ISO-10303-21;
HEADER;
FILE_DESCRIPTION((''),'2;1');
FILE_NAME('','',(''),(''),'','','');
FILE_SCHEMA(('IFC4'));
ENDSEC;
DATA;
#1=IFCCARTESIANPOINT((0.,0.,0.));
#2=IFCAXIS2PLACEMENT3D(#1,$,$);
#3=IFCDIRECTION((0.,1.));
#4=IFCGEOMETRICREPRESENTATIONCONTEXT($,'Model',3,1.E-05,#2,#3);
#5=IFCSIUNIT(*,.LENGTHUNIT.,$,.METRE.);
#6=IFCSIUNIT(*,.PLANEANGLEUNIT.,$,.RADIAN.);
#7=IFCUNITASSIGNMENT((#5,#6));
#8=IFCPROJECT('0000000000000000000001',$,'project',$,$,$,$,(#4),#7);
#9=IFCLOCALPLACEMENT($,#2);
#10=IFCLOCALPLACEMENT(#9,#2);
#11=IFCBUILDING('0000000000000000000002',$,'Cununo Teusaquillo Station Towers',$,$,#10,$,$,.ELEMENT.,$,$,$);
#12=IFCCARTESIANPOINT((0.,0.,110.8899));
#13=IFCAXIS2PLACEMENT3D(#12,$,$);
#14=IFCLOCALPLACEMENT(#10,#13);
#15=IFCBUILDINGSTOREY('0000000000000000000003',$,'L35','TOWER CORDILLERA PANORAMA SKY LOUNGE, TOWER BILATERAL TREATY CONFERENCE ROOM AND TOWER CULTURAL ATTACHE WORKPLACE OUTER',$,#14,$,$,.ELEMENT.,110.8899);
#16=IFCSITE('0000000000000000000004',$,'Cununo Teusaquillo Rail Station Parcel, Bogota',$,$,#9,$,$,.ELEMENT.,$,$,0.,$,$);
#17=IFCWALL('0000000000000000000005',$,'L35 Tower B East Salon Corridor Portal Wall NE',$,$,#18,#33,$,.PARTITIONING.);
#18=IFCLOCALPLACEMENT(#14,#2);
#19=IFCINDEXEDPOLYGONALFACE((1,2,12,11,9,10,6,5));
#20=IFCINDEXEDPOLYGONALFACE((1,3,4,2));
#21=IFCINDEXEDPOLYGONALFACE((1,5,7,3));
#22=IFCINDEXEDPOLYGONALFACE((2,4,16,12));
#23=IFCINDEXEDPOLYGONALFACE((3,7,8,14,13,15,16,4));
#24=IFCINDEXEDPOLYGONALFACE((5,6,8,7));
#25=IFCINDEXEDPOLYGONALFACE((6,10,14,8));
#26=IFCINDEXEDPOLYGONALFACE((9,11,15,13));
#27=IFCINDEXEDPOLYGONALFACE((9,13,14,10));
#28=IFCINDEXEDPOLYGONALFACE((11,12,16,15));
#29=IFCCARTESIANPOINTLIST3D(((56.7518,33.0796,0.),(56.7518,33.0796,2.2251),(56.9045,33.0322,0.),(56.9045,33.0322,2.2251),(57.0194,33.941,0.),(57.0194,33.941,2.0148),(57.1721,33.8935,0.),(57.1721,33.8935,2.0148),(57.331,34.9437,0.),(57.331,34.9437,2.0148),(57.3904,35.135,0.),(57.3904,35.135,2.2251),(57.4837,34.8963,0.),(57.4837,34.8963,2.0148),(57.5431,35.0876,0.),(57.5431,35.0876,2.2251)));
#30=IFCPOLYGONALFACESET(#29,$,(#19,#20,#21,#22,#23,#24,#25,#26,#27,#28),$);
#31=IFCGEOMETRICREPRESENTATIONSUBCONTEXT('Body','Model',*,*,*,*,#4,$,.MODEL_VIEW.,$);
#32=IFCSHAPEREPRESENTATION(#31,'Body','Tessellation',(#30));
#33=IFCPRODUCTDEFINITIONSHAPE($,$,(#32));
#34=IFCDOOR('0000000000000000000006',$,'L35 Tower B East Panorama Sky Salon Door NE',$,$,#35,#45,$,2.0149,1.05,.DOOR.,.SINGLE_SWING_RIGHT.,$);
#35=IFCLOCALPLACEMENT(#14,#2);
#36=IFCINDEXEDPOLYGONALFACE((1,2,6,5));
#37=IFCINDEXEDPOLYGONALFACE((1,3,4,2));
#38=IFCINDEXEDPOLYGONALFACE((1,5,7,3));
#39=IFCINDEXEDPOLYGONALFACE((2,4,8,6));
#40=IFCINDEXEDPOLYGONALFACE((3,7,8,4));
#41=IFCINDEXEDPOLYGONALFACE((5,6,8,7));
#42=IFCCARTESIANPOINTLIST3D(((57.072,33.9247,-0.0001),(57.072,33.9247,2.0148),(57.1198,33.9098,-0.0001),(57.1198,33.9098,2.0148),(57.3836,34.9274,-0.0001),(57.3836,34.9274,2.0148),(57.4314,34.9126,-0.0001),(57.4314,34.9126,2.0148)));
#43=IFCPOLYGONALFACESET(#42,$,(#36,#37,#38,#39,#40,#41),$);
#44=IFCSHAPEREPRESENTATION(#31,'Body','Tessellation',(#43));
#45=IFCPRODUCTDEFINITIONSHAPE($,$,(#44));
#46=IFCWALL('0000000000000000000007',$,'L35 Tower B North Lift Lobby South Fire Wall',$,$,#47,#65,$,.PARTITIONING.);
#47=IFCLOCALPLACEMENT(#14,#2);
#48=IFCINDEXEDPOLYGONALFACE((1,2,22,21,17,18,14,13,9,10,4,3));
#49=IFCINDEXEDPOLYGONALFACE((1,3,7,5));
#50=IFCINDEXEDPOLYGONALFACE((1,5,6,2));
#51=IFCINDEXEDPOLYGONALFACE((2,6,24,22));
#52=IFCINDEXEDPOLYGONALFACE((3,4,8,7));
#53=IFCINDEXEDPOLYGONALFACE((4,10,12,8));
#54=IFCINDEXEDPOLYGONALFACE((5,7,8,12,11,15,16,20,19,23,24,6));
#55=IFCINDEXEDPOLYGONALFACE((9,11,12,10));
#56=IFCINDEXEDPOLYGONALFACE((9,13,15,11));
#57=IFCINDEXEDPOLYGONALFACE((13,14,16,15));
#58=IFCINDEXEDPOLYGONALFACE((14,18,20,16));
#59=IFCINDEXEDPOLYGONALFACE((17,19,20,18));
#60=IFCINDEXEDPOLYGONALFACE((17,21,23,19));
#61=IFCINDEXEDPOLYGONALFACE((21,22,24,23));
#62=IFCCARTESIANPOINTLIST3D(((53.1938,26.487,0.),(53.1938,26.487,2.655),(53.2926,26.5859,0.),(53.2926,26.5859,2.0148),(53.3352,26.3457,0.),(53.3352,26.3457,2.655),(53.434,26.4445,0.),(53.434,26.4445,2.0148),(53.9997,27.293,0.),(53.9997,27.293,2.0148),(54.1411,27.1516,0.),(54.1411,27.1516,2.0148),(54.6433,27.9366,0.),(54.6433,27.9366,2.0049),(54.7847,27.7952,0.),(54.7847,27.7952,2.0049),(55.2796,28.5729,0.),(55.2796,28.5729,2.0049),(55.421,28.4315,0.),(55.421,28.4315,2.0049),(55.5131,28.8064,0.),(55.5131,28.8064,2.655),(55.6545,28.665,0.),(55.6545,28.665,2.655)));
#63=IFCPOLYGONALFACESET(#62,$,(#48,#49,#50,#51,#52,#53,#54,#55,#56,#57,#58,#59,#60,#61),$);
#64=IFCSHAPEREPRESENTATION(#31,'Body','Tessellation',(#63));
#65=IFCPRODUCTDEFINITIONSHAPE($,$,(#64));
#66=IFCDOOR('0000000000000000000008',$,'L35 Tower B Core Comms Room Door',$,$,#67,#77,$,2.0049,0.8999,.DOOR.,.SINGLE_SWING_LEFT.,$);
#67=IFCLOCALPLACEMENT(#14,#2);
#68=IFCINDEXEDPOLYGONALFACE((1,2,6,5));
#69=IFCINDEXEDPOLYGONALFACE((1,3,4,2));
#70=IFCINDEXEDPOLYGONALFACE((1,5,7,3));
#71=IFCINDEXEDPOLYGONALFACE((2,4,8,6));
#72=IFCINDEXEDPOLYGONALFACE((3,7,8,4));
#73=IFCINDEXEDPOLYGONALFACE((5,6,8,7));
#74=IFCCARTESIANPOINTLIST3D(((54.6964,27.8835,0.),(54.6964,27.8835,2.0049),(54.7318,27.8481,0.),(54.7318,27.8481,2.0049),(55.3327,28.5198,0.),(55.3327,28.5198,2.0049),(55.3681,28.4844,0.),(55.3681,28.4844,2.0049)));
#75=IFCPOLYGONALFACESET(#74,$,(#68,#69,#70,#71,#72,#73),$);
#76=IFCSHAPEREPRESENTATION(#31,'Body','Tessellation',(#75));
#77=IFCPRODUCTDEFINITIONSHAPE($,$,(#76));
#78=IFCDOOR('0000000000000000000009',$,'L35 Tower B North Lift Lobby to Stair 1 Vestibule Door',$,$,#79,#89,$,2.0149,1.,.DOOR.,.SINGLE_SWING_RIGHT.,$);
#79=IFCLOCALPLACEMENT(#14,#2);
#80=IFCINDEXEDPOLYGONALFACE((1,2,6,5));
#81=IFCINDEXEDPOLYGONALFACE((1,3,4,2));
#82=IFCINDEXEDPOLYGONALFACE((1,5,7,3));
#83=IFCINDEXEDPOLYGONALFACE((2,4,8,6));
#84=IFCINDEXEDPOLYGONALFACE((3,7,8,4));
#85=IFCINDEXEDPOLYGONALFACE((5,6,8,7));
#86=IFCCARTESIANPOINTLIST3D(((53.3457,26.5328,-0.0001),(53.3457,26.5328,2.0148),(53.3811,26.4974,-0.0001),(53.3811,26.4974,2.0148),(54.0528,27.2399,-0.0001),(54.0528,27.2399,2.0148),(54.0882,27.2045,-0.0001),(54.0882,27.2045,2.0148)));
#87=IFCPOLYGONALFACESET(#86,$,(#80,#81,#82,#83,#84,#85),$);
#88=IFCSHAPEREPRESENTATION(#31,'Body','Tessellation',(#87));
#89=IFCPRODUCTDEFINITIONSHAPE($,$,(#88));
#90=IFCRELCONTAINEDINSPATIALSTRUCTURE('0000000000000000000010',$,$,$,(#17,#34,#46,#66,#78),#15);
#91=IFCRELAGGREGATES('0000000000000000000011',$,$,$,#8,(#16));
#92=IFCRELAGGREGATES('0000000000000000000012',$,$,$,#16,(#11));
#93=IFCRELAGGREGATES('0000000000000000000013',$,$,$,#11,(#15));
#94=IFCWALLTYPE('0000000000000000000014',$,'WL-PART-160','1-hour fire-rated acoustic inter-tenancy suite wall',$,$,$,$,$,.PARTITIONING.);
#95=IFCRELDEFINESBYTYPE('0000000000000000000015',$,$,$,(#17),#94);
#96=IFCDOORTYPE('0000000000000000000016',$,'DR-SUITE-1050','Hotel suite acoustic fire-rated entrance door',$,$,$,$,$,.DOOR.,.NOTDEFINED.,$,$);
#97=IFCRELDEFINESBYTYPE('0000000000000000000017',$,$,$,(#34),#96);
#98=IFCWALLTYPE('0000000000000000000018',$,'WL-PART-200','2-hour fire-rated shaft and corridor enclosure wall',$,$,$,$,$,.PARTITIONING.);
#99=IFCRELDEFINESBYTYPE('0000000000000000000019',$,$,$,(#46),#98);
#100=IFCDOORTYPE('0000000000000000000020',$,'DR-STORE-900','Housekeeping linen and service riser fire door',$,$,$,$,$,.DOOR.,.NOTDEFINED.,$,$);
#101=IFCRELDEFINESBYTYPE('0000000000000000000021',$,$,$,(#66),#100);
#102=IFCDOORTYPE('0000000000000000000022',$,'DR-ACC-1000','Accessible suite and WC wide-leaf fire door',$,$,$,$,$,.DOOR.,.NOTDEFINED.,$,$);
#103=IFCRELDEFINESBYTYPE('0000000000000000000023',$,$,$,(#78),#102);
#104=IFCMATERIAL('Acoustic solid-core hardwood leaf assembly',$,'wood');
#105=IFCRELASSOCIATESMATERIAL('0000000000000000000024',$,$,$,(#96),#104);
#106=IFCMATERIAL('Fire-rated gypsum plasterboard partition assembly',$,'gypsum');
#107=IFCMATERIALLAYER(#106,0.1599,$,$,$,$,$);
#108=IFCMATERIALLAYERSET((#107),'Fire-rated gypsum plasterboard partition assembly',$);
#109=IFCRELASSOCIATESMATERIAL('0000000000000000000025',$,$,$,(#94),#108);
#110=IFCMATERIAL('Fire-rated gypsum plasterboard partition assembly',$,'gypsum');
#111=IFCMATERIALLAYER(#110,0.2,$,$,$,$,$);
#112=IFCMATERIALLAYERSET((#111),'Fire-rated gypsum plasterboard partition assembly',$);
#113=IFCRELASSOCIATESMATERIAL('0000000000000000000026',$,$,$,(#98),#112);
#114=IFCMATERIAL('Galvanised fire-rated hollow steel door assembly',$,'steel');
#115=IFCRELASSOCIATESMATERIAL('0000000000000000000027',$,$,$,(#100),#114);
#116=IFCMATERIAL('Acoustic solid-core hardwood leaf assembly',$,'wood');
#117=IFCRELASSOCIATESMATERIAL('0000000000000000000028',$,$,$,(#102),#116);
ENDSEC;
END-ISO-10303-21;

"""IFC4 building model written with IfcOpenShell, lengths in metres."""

from ifc_helpers import new_model, si_unit, direction, frame, frame_2d, origin, place, context, subcontext, project, spatial, rectangle, extrude, source, transform, mapped, material, layer, layer_set, type_object, element, fill, save


model = new_model("IFC4")

# Units and contexts
model_context = context("Model", 3, precision=1e-05, world=origin(), true_north=direction((0.0, 1.0)))
body_context = subcontext(model_context, "Body", "Model", "MODEL_VIEW")
ifc_project = project(units=[si_unit("LENGTHUNIT", "METRE"), si_unit("PLANEANGLEUNIT", "RADIAN")], contexts=[model_context])

# Site, building, storey
site_placement = place(None, origin())
site = spatial("IfcSite", under=ifc_project, at=site_placement, Name="Cununo Teusaquillo Rail Station Parcel, Bogota", CompositionType="ELEMENT", RefElevation=0.0)
building_placement = place(site_placement, origin())
building = spatial("IfcBuilding", under=site, at=building_placement, Name="Cununo Teusaquillo Station Towers", CompositionType="ELEMENT")
storey_placement = place(building_placement, frame((0.0, 0.0, 110.8899)))
storey = spatial("IfcBuildingStorey", under=building, at=storey_placement, Name="L35", Description="TOWER CORDILLERA PANORAMA SKY LOUNGE, TOWER BILATERAL TREATY CONFERENCE ROOM AND TOWER CULTURAL ATTACHE WORKPLACE OUTER", CompositionType="ELEMENT", Elevation=110.8899)

# Shared definitions
shared_shape_1 = source(origin(), body_context, "Body", "SweptSolid", [
    extrude(rectangle(XDim=0.8999, YDim=2.0049, at=frame_2d((0.45, 1.0024))), frame((0.0, 0.0249, 0.0), z_axis=(0.0, -1.0, 0.0), x_axis=(1.0, 0.0, 0.0)), (0.0, 0.0, 1.0), 0.05),
])

# Shared definitions
ifc_material_1 = material(Name="Acoustic solid-core hardwood leaf assembly", Category="wood")
door_type_1 = type_object("IfcDoorType", Name="DR-SUITE-1050", Description="Hotel suite acoustic fire-rated entrance door", OperationType="NOTDEFINED", PredefinedType="DOOR", material=ifc_material_1)
shared_shape_2 = source(origin(), body_context, "Body", "SweptSolid", [
    extrude(rectangle(XDim=1.05, YDim=2.0149, at=frame_2d((0.5249, 1.0073))), frame((0.0, 0.0249, 0.0), z_axis=(0.0, -1.0, 0.0), x_axis=(1.0, 0.0, 0.0)), (0.0, 0.0, 1.0), 0.05),
])

# Shared definitions
ifc_material_2 = material(Name="Fire-rated gypsum plasterboard partition assembly", Category="gypsum")
ifc_layer_1 = layer(ifc_material_2, 0.1599)
ifc_layer_set_1 = layer_set([ifc_layer_1], Name="Fire-rated gypsum plasterboard partition assembly")
wall_type_1 = type_object("IfcWallType", Name="WL-PART-160", Description="1-hour fire-rated acoustic inter-tenancy suite wall", PredefinedType="PARTITIONING", material=ifc_layer_set_1)

# Wall, opening, door
wall_1_placement = place(storey_placement, frame((56.8281, 33.0559, 0.0), z_axis=(0.0, 0.0, 1.0), x_axis=(0.296731, 0.954961, 0.0)))
wall_1 = element("IfcWall", 1, at=wall_1_placement, inside=storey, type_object=wall_type_1, Name="L35 Tower B East Salon Corridor Portal Wall NE", PredefinedType="PARTITIONING", context=body_context, shape_type="SweptSolid", body=[
    extrude(rectangle(XDim=2.1523, YDim=0.1599, at=frame_2d((1.0762, 0.0))), origin(), (0.0, 0.0, 1.0), 2.2251),
])
shared_shape_3 = source(origin(), body_context, "Body", "SweptSolid", [
    extrude(rectangle(XDim=1.05, YDim=2.0149, at=frame_2d((0.5249, 1.0073))), frame((0.0, 0.0898, 0.0), z_axis=(0.0, -1.0, 0.0), x_axis=(1.0, 0.0, 0.0)), (0.0, 0.0, 1.0), 0.1799),
])
opening_1_placement = place(wall_1_placement, frame((0.9021, 0.0, 0.0)))
opening_1 = element("IfcOpeningElement", 2, at=opening_1_placement, cuts=wall_1, PredefinedType="OPENING", context=body_context, shape_type="MappedRepresentation", body=[
    mapped(shared_shape_3, transform((0.0, 0.0, 0.0), x_axis=(1.0, 0.0, 0.0), y_axis=(0.0, 1.0, 0.0), z_axis=(0.0, 0.0, 1.0), scale=1.0)),
])
door_1_placement = place(opening_1_placement, origin())
door_1 = element("IfcDoor", 3, at=door_1_placement, inside=storey, type_object=door_type_1, Name="L35 Tower B East Panorama Sky Salon Door NE", OperationType="SINGLE_SWING_RIGHT", OverallHeight=2.0149, OverallWidth=1.05, PredefinedType="DOOR", context=body_context, shape_type="MappedRepresentation", body=[
    mapped(shared_shape_2, transform((0.0, 0.0, 0.0), x_axis=(1.0, 0.0, 0.0), y_axis=(0.0, 1.0, 0.0), z_axis=(0.0, 0.0, 1.0), scale=1.0)),
])
fill(opening_1, door_1)

# Wall, openings, doors
ifc_material_3 = material(Name="Fire-rated gypsum plasterboard partition assembly", Category="gypsum")
ifc_layer_2 = layer(ifc_material_3, 0.2)
ifc_layer_set_2 = layer_set([ifc_layer_2], Name="Fire-rated gypsum plasterboard partition assembly")
wall_type_2 = type_object("IfcWallType", Name="WL-PART-200", Description="2-hour fire-rated shaft and corridor enclosure wall", PredefinedType="PARTITIONING", material=ifc_layer_set_2)
wall_2_placement = place(storey_placement, frame((53.2644, 26.4163, 0.0), z_axis=(0.0, 0.0, 1.0), x_axis=(0.707107, 0.707107, 0.0)))
wall_2 = element("IfcWall", 4, at=wall_2_placement, inside=storey, type_object=wall_type_2, Name="L35 Tower B North Lift Lobby South Fire Wall", PredefinedType="PARTITIONING", context=body_context, shape_type="SweptSolid", body=[
    extrude(rectangle(XDim=3.28, YDim=0.2, at=frame_2d((1.6401, 0.0))), origin(), (0.0, 0.0, 1.0), 2.655),
])
shared_shape_4 = source(origin(), body_context, "Body", "SweptSolid", [
    extrude(rectangle(XDim=1.0, YDim=2.0149, at=frame_2d((0.5, 1.0073))), frame((0.0, 0.1099, 0.0), z_axis=(0.0, -1.0, 0.0), x_axis=(1.0, 0.0, 0.0)), (0.0, 0.0, 1.0), 0.22),
])
opening_2_placement = place(wall_2_placement, frame((0.1399, 0.0, 0.0)))
opening_2 = element("IfcOpeningElement", 5, at=opening_2_placement, cuts=wall_2, PredefinedType="OPENING", context=body_context, shape_type="MappedRepresentation", body=[
    mapped(shared_shape_4, transform((0.0, 0.0, 0.0), x_axis=(1.0, 0.0, 0.0), y_axis=(0.0, 1.0, 0.0), z_axis=(0.0, 0.0, 1.0), scale=1.0)),
])
shared_shape_5 = source(origin(), body_context, "Body", "SweptSolid", [
    extrude(rectangle(XDim=0.8999, YDim=2.0049, at=frame_2d((0.45, 1.0024))), frame((0.0, 0.1099, 0.0), z_axis=(0.0, -1.0, 0.0), x_axis=(1.0, 0.0, 0.0)), (0.0, 0.0, 1.0), 0.22),
])
opening_3_placement = place(wall_2_placement, frame((2.05, 0.0, 0.0)))
opening_3 = element("IfcOpeningElement", 6, at=opening_3_placement, cuts=wall_2, PredefinedType="OPENING", context=body_context, shape_type="MappedRepresentation", body=[
    mapped(shared_shape_5, transform((0.0, 0.0, 0.0), x_axis=(1.0, 0.0, 0.0), y_axis=(0.0, 1.0, 0.0), z_axis=(0.0, 0.0, 1.0), scale=1.0)),
])
ifc_material_4 = material(Name="Galvanised fire-rated hollow steel door assembly", Category="steel")
door_type_2 = type_object("IfcDoorType", Name="DR-STORE-900", Description="Housekeeping linen and service riser fire door", OperationType="NOTDEFINED", PredefinedType="DOOR", material=ifc_material_4)
door_2_placement = place(opening_3_placement, origin())
door_2 = element("IfcDoor", 7, at=door_2_placement, inside=storey, type_object=door_type_2, Name="L35 Tower B Core Comms Room Door", OperationType="SINGLE_SWING_LEFT", OverallHeight=2.0049, OverallWidth=0.8999, PredefinedType="DOOR", context=body_context, shape_type="MappedRepresentation", body=[
    mapped(shared_shape_1, transform((0.0, 0.0, 0.0), x_axis=(1.0, 0.0, 0.0), y_axis=(0.0, 1.0, 0.0), z_axis=(0.0, 0.0, 1.0), scale=1.0)),
])
fill(opening_3, door_2)
ifc_material_5 = material(Name="Acoustic solid-core hardwood leaf assembly", Category="wood")
door_type_3 = type_object("IfcDoorType", Name="DR-ACC-1000", Description="Accessible suite and WC wide-leaf fire door", OperationType="NOTDEFINED", PredefinedType="DOOR", material=ifc_material_5)
shared_shape_6 = source(origin(), body_context, "Body", "SweptSolid", [
    extrude(rectangle(XDim=1.0, YDim=2.0149, at=frame_2d((0.5, 1.0073))), frame((0.0, 0.0249, 0.0), z_axis=(0.0, -1.0, 0.0), x_axis=(1.0, 0.0, 0.0)), (0.0, 0.0, 1.0), 0.05),
])
door_3_placement = place(opening_2_placement, origin())
door_3 = element("IfcDoor", 8, at=door_3_placement, inside=storey, type_object=door_type_3, Name="L35 Tower B North Lift Lobby to Stair 1 Vestibule Door", OperationType="SINGLE_SWING_RIGHT", OverallHeight=2.0149, OverallWidth=1.0, PredefinedType="DOOR", context=body_context, shape_type="MappedRepresentation", body=[
    mapped(shared_shape_6, transform((0.0, 0.0, 0.0), x_axis=(1.0, 0.0, 0.0), y_axis=(0.0, 1.0, 0.0), z_axis=(0.0, 0.0, 1.0), scale=1.0)),
])
fill(opening_2, door_3)

save(model, "model.ifc")
